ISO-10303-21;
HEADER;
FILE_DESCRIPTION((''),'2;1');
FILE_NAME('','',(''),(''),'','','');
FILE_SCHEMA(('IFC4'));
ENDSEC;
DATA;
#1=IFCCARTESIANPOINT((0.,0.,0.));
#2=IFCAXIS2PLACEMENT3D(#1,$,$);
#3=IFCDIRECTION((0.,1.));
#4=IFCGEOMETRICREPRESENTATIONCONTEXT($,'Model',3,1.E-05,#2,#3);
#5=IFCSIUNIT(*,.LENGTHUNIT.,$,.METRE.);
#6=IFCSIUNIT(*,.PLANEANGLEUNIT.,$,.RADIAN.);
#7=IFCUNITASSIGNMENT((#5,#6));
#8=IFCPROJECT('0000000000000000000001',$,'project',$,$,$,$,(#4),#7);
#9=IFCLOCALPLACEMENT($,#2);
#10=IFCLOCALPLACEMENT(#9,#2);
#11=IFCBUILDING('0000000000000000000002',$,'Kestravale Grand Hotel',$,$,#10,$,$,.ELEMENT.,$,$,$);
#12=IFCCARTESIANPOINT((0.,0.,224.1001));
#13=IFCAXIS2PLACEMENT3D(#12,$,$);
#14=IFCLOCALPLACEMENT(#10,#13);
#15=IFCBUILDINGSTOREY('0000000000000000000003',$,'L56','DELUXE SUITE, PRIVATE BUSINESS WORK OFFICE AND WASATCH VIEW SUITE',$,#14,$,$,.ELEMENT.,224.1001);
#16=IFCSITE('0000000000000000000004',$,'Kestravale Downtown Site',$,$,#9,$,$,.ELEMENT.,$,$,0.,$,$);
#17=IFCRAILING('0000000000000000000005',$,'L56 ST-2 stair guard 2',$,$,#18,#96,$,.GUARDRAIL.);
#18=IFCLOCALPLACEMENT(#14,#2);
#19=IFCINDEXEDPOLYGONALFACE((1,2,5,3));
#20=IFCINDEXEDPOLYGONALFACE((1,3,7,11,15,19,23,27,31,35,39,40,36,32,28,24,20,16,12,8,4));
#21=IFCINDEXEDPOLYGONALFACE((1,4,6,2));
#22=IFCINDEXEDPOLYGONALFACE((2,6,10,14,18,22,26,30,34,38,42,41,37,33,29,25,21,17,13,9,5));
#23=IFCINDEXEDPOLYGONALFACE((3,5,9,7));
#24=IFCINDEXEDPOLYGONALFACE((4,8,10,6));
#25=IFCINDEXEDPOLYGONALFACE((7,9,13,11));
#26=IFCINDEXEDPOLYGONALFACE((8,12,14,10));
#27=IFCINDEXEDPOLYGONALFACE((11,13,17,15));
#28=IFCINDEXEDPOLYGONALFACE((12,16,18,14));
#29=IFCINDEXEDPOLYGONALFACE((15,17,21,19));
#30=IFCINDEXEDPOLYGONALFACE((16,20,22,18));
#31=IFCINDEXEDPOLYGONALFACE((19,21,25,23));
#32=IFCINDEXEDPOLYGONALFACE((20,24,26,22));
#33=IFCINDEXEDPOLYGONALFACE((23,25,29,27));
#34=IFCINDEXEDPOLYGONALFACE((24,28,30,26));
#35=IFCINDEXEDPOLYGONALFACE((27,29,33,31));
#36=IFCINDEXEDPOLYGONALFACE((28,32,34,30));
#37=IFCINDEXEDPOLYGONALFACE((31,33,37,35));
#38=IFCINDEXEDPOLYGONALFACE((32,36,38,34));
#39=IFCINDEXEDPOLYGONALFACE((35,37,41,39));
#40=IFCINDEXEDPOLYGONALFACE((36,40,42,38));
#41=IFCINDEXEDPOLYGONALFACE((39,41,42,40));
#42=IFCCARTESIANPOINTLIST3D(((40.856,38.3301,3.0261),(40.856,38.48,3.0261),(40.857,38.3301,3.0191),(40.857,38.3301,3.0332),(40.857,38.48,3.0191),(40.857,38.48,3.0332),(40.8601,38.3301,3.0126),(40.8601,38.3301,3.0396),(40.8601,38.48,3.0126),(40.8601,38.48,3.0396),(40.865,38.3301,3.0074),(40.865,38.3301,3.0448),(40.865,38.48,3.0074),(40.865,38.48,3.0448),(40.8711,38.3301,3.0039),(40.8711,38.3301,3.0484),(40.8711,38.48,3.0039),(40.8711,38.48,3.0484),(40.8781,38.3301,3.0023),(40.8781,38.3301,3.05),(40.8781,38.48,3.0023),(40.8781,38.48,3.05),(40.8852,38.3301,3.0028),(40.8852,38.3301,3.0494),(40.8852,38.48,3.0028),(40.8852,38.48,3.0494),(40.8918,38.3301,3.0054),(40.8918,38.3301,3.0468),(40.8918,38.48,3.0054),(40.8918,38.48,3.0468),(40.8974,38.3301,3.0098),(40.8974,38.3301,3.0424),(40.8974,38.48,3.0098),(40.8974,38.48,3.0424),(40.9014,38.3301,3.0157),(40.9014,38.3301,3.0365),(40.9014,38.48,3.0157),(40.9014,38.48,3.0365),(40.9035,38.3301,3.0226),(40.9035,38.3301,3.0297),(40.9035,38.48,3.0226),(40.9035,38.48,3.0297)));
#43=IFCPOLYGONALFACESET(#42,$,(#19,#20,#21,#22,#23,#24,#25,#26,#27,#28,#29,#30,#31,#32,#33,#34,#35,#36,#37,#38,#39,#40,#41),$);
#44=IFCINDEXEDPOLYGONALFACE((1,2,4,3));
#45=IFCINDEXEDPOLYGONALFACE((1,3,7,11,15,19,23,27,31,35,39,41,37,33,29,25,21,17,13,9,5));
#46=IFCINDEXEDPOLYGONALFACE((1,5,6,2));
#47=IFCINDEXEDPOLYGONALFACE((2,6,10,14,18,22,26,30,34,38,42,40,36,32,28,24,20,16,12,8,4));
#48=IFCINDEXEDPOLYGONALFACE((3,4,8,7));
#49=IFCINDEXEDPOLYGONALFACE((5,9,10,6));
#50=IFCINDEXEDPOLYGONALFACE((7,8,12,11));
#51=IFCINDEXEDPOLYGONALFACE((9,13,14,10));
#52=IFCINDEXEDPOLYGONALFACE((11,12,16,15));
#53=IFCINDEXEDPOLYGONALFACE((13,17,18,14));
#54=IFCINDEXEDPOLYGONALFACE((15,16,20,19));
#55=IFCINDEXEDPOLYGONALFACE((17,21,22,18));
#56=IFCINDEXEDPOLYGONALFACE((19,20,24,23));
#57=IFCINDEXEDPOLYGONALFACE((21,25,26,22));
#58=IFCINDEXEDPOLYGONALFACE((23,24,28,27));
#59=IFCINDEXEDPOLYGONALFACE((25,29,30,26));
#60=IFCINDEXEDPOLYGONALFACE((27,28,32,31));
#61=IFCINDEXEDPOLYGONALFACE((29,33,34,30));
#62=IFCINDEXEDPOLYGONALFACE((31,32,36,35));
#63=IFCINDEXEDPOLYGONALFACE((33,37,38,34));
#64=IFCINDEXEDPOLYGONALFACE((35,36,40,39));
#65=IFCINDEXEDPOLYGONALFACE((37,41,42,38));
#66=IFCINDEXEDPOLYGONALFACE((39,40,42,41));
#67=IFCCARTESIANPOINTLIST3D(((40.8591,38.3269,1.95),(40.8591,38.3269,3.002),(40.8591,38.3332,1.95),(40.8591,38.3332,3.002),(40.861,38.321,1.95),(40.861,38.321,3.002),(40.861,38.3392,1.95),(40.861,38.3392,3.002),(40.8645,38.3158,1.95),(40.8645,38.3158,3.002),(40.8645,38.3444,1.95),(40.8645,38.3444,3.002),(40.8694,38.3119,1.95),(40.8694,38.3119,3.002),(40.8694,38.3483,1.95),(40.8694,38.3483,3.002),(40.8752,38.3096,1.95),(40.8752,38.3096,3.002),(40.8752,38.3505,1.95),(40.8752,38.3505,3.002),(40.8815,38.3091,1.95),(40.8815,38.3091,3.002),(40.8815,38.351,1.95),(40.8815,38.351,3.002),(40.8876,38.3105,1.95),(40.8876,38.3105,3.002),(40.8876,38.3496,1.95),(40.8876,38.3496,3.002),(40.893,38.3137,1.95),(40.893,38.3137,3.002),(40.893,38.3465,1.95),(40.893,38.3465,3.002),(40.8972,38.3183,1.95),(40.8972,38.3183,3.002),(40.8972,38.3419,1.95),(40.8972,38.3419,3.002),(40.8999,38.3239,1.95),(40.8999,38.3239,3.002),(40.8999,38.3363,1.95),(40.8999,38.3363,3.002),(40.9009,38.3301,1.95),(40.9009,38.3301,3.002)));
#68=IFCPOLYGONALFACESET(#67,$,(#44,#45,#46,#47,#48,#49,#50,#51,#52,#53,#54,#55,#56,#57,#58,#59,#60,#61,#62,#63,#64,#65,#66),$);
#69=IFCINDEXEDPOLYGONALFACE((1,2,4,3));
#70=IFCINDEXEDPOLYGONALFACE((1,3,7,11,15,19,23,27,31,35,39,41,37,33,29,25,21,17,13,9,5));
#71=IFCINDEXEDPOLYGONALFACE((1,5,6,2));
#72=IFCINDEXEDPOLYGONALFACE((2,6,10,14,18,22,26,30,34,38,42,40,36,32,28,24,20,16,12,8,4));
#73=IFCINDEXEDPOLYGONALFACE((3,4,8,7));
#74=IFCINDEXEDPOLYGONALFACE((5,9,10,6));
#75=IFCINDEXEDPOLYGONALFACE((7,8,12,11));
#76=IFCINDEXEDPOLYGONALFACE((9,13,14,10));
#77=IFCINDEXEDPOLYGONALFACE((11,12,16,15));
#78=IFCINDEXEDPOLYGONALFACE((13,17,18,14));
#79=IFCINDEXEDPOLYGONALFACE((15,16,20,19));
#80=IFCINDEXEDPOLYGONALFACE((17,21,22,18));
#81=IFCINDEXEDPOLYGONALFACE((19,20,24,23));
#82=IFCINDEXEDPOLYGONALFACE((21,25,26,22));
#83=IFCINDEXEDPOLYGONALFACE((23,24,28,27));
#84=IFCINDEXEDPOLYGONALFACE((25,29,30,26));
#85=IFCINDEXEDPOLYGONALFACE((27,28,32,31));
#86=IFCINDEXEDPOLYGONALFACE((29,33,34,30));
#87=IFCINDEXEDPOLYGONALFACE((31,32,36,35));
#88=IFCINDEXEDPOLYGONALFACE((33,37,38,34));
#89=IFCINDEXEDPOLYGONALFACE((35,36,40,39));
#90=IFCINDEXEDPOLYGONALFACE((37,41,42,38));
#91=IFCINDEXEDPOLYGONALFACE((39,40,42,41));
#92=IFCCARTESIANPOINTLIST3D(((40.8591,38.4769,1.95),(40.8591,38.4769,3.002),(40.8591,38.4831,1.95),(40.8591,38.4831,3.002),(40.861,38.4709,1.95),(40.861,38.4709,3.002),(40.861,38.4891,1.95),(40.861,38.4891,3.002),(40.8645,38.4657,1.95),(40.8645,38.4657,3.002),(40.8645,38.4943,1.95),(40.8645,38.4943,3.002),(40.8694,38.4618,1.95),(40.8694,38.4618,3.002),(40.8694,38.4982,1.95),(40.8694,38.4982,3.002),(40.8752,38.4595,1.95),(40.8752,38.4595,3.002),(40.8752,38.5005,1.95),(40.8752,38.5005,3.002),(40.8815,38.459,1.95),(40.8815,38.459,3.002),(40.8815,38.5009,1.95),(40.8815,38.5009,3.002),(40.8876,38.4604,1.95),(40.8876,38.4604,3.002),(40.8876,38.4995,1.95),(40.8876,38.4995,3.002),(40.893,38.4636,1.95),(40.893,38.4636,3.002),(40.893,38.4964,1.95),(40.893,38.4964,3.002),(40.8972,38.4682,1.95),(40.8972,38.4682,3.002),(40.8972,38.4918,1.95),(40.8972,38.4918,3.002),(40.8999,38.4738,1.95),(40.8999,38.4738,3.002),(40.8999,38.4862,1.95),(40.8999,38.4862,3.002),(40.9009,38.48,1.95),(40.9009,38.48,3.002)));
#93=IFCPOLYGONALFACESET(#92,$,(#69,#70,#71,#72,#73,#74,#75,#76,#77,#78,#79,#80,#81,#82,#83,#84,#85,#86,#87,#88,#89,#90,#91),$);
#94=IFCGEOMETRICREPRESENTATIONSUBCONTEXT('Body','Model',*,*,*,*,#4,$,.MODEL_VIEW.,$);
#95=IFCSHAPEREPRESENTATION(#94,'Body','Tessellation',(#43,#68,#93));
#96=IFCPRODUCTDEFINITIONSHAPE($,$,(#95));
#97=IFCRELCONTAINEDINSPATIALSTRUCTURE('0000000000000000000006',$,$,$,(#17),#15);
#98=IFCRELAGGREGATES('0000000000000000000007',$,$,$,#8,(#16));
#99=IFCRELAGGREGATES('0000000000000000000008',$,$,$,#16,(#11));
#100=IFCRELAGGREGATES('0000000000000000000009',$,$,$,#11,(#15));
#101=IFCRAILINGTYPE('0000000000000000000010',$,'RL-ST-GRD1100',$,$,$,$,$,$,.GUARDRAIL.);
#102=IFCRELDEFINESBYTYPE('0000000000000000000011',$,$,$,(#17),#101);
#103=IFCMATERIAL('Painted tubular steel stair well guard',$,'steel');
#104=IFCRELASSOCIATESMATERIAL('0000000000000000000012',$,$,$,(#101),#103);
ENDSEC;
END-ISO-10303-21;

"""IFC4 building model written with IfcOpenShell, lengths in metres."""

from ifc_helpers import new_model, si_unit, direction, frame, origin, origin_2d, place, context, subcontext, project, spatial, circle, extrude, material, type_object, element, save


model = new_model("IFC4")

# Units and contexts
model_context = context("Model", 3, precision=1e-05, world=origin(), true_north=direction((0.0, 1.0)))
body_context = subcontext(model_context, "Body", "Model", "MODEL_VIEW")
ifc_project = project(units=[si_unit("LENGTHUNIT", "METRE"), si_unit("PLANEANGLEUNIT", "RADIAN")], contexts=[model_context])

# Site, building, storey
site_placement = place(None, origin())
site = spatial("IfcSite", under=ifc_project, at=site_placement, Name="Kestravale Downtown Site", CompositionType="ELEMENT", RefElevation=0.0)
building_placement = place(site_placement, origin())
building = spatial("IfcBuilding", under=site, at=building_placement, Name="Kestravale Grand Hotel", CompositionType="ELEMENT")
storey_placement = place(building_placement, frame((0.0, 0.0, 224.1001)))
storey = spatial("IfcBuildingStorey", under=building, at=storey_placement, Name="L56", Description="DELUXE SUITE, PRIVATE BUSINESS WORK OFFICE AND WASATCH VIEW SUITE", CompositionType="ELEMENT", Elevation=224.1001)

# Railing
ifc_material_1 = material(Name="Painted tubular steel stair well guard", Category="steel")
railing_type_1 = type_object("IfcRailingType", Name="RL-ST-GRD1100", PredefinedType="GUARDRAIL", material=ifc_material_1)
railing_1_placement = place(storey_placement, frame((40.8799, 38.3301, 1.95)))
element("IfcRailing", 1, at=railing_1_placement, inside=storey, type_object=railing_type_1, Name="L56 ST-2 stair guard 2", PredefinedType="GUARDRAIL", context=body_context, shape_type="SweptSolid", body=[
    extrude(circle(Radius=0.0239, at=origin_2d()), frame((0.0, 0.0, 1.0762), z_axis=(0.0, 1.0, 0.0), x_axis=(-1.0, 0.0, 0.0)), (0.0, 0.0, 1.0), 0.1499),
    extrude(circle(Radius=0.021, at=origin_2d()), origin(), (0.0, 0.0, 1.0), 1.052),
    extrude(circle(Radius=0.021, at=origin_2d()), frame((0.0, 0.1499, 0.0)), (0.0, 0.0, 1.0), 1.052),
])

save(model, "model.ifc")
